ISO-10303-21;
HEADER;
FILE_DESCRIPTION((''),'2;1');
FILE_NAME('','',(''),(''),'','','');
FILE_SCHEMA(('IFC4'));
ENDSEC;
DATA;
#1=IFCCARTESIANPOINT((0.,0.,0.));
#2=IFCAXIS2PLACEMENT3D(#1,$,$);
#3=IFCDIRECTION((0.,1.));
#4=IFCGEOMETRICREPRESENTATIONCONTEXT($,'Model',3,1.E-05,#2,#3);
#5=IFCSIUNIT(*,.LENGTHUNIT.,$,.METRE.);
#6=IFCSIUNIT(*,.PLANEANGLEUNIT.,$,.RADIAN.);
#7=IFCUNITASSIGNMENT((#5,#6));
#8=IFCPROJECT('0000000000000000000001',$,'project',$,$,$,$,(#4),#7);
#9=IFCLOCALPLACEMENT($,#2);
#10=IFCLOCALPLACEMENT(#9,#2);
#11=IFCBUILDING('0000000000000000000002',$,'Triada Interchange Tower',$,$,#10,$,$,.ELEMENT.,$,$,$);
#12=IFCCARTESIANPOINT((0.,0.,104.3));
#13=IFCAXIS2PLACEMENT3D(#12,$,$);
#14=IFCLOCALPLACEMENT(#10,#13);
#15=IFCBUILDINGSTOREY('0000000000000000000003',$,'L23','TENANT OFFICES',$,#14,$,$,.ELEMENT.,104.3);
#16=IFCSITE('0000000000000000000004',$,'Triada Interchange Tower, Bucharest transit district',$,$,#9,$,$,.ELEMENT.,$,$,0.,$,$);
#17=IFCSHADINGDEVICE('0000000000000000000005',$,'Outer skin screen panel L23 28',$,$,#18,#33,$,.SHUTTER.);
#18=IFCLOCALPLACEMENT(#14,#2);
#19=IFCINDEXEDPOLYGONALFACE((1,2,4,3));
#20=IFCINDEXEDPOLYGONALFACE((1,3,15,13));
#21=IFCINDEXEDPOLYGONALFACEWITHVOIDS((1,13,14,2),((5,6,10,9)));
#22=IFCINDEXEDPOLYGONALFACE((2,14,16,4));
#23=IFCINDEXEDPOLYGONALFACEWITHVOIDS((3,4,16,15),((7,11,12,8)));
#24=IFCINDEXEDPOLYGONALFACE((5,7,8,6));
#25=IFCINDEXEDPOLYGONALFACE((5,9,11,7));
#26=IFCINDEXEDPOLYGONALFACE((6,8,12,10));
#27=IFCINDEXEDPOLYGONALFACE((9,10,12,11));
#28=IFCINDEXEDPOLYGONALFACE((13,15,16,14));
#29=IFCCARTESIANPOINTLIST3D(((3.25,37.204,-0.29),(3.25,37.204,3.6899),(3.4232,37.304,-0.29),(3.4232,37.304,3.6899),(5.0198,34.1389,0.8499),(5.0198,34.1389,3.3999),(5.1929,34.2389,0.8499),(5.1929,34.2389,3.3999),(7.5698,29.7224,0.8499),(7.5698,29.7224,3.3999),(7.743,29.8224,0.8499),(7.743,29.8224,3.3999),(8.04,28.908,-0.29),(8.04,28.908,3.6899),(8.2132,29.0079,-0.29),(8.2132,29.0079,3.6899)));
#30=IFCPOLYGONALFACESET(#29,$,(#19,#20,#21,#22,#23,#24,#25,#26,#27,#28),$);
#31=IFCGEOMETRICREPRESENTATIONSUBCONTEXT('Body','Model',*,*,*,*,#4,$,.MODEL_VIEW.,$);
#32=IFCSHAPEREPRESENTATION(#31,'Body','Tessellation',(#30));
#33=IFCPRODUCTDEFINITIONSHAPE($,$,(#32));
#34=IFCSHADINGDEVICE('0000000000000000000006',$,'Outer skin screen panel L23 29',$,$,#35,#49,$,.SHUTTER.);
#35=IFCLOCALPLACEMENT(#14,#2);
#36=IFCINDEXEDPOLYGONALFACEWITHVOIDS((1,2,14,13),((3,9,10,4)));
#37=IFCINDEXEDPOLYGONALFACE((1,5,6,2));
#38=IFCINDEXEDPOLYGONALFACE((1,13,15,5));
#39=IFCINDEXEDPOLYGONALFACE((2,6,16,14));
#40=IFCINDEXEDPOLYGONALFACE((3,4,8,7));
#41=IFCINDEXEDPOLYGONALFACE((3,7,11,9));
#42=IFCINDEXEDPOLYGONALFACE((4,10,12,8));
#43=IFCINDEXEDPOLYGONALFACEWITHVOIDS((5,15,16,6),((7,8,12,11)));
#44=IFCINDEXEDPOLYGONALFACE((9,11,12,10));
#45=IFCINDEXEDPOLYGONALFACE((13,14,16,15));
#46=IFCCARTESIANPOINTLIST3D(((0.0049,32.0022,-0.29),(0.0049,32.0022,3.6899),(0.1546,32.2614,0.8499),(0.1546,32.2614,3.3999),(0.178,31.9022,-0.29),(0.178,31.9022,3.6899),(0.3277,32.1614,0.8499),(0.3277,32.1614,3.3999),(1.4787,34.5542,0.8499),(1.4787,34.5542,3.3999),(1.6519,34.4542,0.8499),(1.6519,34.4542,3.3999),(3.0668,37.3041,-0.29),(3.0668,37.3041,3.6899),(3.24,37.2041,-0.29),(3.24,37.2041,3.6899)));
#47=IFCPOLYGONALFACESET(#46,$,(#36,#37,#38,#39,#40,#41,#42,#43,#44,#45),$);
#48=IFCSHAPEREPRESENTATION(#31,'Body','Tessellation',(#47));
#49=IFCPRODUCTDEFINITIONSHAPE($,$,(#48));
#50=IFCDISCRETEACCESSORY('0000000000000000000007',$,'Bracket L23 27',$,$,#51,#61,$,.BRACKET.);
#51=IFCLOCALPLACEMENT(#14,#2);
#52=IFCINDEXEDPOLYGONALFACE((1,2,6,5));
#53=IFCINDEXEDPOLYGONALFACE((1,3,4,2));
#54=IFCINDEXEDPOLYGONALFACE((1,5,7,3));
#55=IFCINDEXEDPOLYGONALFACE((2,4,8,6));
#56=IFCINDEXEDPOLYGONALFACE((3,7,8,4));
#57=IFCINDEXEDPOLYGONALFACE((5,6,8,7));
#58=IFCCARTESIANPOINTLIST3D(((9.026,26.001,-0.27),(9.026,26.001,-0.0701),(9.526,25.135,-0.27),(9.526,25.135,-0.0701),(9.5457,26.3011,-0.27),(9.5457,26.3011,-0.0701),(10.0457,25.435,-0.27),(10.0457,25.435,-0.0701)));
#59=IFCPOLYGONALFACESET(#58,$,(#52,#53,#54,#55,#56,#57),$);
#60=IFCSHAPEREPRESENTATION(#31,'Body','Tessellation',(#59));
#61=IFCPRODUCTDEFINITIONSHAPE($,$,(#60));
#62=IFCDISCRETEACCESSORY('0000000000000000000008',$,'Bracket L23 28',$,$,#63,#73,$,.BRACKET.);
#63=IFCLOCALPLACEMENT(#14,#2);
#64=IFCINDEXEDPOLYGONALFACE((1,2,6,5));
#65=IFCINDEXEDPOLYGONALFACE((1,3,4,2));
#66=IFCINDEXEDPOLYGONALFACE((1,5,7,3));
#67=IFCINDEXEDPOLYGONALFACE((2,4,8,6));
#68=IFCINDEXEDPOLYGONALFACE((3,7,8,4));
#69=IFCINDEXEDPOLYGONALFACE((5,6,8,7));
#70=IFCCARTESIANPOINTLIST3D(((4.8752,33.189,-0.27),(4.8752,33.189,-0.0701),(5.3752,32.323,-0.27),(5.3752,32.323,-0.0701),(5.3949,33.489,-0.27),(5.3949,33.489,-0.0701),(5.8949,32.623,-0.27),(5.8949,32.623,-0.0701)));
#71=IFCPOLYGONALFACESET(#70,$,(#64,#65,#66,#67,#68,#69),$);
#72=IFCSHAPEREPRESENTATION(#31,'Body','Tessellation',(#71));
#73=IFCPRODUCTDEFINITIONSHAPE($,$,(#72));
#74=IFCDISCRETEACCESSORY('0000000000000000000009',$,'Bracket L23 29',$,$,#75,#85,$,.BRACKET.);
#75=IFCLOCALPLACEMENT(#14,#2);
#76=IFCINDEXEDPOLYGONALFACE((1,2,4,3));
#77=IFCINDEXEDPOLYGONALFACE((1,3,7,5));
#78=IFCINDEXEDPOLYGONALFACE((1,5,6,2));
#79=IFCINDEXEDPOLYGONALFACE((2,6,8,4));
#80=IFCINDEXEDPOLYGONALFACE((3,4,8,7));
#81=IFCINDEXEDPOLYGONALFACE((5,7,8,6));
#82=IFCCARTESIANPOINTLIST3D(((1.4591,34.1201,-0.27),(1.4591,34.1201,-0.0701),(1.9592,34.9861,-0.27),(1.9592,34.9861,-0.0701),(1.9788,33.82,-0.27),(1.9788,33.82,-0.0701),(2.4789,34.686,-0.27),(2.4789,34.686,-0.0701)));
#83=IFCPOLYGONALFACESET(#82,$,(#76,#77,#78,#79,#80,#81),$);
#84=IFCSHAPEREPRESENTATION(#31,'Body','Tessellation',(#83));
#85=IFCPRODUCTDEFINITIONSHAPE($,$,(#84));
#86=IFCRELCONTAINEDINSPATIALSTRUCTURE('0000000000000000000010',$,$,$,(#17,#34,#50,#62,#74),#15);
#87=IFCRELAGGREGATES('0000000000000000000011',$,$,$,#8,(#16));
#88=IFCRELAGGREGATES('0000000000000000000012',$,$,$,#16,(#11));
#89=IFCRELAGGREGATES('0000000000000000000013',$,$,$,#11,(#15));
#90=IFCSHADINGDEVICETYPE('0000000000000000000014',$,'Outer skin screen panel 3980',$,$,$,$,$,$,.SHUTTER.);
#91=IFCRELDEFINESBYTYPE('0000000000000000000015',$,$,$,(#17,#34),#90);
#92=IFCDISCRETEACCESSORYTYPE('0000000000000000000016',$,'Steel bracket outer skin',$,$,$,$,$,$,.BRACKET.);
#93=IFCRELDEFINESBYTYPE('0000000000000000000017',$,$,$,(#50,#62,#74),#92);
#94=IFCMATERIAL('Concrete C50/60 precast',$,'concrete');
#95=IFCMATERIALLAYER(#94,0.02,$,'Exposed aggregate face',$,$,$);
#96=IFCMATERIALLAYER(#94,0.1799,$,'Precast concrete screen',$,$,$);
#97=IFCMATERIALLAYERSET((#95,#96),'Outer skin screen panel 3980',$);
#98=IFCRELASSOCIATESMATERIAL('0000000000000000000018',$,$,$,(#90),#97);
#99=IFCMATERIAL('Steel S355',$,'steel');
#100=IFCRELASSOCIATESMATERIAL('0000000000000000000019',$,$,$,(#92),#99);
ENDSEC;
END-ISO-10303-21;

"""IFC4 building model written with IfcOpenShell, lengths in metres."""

from ifc_helpers import new_model, si_unit, direction, frame, origin, origin_2d, place, context, subcontext, project, spatial, polyline, rectangle, outline, extrude, material, layer, layer_set, type_object, element, save


model = new_model("IFC4")

# Units and contexts
model_context = context("Model", 3, precision=1e-05, world=origin(), true_north=direction((0.0, 1.0)))
body_context = subcontext(model_context, "Body", "Model", "MODEL_VIEW")
ifc_project = project(units=[si_unit("LENGTHUNIT", "METRE"), si_unit("PLANEANGLEUNIT", "RADIAN")], contexts=[model_context])

# Site, building, storey
site_placement = place(None, origin())
site = spatial("IfcSite", under=ifc_project, at=site_placement, Name="Triada Interchange Tower, Bucharest transit district", CompositionType="ELEMENT", RefElevation=0.0)
building_placement = place(site_placement, origin())
building = spatial("IfcBuilding", under=site, at=building_placement, Name="Triada Interchange Tower", CompositionType="ELEMENT")
storey_placement = place(building_placement, frame((0.0, 0.0, 104.3)))
storey = spatial("IfcBuildingStorey", under=building, at=storey_placement, Name="L23", Description="TENANT OFFICES", CompositionType="ELEMENT", Elevation=104.3)

# Shading devices
ifc_material_1 = material(Name="Concrete C50/60 precast", Category="concrete")
ifc_layer_1 = layer(ifc_material_1, 0.02, Name="Exposed aggregate face")
ifc_layer_2 = layer(ifc_material_1, 0.1799, Name="Precast concrete screen")
ifc_layer_set_1 = layer_set([ifc_layer_1, ifc_layer_2], Name="Outer skin screen panel 3980")
shading_device_type = type_object("IfcShadingDeviceType", Name="Outer skin screen panel 3980", PredefinedType="SHUTTER", material=ifc_layer_set_1)
shading_device_1_placement = place(storey_placement, frame((8.04, 28.908, -0.29), z_axis=(0.0, 0.0, 1.0), x_axis=(-0.50002, 0.866014, 0.0)))
element("IfcShadingDevice", 1, at=shading_device_1_placement, inside=storey, type_object=shading_device_type, Name="Outer skin screen panel L23 28", PredefinedType="SHUTTER", context=body_context, shape_type="SweptSolid", body=[
    extrude(outline(polyline([(0.0, 0.0), (9.5796, 0.0), (9.5796, 3.98), (0.0, 3.98), (0.0, 0.0)]), holes=[polyline([(0.9404, 1.1399), (0.9404, 3.6899), (6.0403, 3.6899), (6.0403, 1.1399), (0.9404, 1.1399)])]), frame((0.0, 0.0, 0.0), z_axis=(0.0, -1.0, 0.0), x_axis=(1.0, 0.0, 0.0)), (0.0, 0.0, 1.0), 0.2),
])
shading_device_2_placement = place(storey_placement, frame((3.24, 37.2041, -0.29), z_axis=(0.0, 0.0, 1.0), x_axis=(-0.50011, -0.865962, 0.0)))
element("IfcShadingDevice", 2, at=shading_device_2_placement, inside=storey, type_object=shading_device_type, Name="Outer skin screen panel L23 29", PredefinedType="SHUTTER", context=body_context, shape_type="SweptSolid", body=[
    extrude(outline(polyline([(0.0, 0.0), (6.1226, 0.0), (6.1226, 3.98), (0.0, 3.98), (0.0, 0.0)]), holes=[polyline([(3.1755, 1.1399), (3.1755, 3.6899), (5.8232, 3.6899), (5.8232, 1.1399), (3.1755, 1.1399)])]), frame((0.0, 0.0, 0.0), z_axis=(0.0, -1.0, 0.0), x_axis=(1.0, 0.0, 0.0)), (0.0, 0.0, 1.0), 0.2),
])

# Discrete accessories
ifc_material_2 = material(Name="Steel S355", Category="steel")
discrete_accessory_type = type_object("IfcDiscreteAccessoryType", Name="Steel bracket outer skin", PredefinedType="BRACKET", material=ifc_material_2)
for number, where, z_axis, x_axis, name in (
    (3, (9.5359, 25.718, -0.27), (0.0, 0.0, 1.0), (0.866022, 0.500006, 0.0), "Bracket L23 27"),
    (4, (5.385, 32.906, -0.27), (0.0, 0.0, 1.0), (0.866022, 0.500006, 0.0), "Bracket L23 28"),
    (5, (1.969, 34.4031, -0.27), (0.0, 0.0, 1.0), (-0.866006, 0.500034, 0.0), "Bracket L23 29"),
):
    element("IfcDiscreteAccessory", number, at=place(storey_placement, frame(where, z_axis=z_axis, x_axis=x_axis)), inside=storey, type_object=discrete_accessory_type, Name=name, PredefinedType="BRACKET", context=body_context, shape_type="SweptSolid", body=[
        extrude(rectangle(XDim=0.6001, YDim=1.0, at=origin_2d()), origin(), (0.0, 0.0, 1.0), 0.2),
    ])

save(model, "model.ifc")
